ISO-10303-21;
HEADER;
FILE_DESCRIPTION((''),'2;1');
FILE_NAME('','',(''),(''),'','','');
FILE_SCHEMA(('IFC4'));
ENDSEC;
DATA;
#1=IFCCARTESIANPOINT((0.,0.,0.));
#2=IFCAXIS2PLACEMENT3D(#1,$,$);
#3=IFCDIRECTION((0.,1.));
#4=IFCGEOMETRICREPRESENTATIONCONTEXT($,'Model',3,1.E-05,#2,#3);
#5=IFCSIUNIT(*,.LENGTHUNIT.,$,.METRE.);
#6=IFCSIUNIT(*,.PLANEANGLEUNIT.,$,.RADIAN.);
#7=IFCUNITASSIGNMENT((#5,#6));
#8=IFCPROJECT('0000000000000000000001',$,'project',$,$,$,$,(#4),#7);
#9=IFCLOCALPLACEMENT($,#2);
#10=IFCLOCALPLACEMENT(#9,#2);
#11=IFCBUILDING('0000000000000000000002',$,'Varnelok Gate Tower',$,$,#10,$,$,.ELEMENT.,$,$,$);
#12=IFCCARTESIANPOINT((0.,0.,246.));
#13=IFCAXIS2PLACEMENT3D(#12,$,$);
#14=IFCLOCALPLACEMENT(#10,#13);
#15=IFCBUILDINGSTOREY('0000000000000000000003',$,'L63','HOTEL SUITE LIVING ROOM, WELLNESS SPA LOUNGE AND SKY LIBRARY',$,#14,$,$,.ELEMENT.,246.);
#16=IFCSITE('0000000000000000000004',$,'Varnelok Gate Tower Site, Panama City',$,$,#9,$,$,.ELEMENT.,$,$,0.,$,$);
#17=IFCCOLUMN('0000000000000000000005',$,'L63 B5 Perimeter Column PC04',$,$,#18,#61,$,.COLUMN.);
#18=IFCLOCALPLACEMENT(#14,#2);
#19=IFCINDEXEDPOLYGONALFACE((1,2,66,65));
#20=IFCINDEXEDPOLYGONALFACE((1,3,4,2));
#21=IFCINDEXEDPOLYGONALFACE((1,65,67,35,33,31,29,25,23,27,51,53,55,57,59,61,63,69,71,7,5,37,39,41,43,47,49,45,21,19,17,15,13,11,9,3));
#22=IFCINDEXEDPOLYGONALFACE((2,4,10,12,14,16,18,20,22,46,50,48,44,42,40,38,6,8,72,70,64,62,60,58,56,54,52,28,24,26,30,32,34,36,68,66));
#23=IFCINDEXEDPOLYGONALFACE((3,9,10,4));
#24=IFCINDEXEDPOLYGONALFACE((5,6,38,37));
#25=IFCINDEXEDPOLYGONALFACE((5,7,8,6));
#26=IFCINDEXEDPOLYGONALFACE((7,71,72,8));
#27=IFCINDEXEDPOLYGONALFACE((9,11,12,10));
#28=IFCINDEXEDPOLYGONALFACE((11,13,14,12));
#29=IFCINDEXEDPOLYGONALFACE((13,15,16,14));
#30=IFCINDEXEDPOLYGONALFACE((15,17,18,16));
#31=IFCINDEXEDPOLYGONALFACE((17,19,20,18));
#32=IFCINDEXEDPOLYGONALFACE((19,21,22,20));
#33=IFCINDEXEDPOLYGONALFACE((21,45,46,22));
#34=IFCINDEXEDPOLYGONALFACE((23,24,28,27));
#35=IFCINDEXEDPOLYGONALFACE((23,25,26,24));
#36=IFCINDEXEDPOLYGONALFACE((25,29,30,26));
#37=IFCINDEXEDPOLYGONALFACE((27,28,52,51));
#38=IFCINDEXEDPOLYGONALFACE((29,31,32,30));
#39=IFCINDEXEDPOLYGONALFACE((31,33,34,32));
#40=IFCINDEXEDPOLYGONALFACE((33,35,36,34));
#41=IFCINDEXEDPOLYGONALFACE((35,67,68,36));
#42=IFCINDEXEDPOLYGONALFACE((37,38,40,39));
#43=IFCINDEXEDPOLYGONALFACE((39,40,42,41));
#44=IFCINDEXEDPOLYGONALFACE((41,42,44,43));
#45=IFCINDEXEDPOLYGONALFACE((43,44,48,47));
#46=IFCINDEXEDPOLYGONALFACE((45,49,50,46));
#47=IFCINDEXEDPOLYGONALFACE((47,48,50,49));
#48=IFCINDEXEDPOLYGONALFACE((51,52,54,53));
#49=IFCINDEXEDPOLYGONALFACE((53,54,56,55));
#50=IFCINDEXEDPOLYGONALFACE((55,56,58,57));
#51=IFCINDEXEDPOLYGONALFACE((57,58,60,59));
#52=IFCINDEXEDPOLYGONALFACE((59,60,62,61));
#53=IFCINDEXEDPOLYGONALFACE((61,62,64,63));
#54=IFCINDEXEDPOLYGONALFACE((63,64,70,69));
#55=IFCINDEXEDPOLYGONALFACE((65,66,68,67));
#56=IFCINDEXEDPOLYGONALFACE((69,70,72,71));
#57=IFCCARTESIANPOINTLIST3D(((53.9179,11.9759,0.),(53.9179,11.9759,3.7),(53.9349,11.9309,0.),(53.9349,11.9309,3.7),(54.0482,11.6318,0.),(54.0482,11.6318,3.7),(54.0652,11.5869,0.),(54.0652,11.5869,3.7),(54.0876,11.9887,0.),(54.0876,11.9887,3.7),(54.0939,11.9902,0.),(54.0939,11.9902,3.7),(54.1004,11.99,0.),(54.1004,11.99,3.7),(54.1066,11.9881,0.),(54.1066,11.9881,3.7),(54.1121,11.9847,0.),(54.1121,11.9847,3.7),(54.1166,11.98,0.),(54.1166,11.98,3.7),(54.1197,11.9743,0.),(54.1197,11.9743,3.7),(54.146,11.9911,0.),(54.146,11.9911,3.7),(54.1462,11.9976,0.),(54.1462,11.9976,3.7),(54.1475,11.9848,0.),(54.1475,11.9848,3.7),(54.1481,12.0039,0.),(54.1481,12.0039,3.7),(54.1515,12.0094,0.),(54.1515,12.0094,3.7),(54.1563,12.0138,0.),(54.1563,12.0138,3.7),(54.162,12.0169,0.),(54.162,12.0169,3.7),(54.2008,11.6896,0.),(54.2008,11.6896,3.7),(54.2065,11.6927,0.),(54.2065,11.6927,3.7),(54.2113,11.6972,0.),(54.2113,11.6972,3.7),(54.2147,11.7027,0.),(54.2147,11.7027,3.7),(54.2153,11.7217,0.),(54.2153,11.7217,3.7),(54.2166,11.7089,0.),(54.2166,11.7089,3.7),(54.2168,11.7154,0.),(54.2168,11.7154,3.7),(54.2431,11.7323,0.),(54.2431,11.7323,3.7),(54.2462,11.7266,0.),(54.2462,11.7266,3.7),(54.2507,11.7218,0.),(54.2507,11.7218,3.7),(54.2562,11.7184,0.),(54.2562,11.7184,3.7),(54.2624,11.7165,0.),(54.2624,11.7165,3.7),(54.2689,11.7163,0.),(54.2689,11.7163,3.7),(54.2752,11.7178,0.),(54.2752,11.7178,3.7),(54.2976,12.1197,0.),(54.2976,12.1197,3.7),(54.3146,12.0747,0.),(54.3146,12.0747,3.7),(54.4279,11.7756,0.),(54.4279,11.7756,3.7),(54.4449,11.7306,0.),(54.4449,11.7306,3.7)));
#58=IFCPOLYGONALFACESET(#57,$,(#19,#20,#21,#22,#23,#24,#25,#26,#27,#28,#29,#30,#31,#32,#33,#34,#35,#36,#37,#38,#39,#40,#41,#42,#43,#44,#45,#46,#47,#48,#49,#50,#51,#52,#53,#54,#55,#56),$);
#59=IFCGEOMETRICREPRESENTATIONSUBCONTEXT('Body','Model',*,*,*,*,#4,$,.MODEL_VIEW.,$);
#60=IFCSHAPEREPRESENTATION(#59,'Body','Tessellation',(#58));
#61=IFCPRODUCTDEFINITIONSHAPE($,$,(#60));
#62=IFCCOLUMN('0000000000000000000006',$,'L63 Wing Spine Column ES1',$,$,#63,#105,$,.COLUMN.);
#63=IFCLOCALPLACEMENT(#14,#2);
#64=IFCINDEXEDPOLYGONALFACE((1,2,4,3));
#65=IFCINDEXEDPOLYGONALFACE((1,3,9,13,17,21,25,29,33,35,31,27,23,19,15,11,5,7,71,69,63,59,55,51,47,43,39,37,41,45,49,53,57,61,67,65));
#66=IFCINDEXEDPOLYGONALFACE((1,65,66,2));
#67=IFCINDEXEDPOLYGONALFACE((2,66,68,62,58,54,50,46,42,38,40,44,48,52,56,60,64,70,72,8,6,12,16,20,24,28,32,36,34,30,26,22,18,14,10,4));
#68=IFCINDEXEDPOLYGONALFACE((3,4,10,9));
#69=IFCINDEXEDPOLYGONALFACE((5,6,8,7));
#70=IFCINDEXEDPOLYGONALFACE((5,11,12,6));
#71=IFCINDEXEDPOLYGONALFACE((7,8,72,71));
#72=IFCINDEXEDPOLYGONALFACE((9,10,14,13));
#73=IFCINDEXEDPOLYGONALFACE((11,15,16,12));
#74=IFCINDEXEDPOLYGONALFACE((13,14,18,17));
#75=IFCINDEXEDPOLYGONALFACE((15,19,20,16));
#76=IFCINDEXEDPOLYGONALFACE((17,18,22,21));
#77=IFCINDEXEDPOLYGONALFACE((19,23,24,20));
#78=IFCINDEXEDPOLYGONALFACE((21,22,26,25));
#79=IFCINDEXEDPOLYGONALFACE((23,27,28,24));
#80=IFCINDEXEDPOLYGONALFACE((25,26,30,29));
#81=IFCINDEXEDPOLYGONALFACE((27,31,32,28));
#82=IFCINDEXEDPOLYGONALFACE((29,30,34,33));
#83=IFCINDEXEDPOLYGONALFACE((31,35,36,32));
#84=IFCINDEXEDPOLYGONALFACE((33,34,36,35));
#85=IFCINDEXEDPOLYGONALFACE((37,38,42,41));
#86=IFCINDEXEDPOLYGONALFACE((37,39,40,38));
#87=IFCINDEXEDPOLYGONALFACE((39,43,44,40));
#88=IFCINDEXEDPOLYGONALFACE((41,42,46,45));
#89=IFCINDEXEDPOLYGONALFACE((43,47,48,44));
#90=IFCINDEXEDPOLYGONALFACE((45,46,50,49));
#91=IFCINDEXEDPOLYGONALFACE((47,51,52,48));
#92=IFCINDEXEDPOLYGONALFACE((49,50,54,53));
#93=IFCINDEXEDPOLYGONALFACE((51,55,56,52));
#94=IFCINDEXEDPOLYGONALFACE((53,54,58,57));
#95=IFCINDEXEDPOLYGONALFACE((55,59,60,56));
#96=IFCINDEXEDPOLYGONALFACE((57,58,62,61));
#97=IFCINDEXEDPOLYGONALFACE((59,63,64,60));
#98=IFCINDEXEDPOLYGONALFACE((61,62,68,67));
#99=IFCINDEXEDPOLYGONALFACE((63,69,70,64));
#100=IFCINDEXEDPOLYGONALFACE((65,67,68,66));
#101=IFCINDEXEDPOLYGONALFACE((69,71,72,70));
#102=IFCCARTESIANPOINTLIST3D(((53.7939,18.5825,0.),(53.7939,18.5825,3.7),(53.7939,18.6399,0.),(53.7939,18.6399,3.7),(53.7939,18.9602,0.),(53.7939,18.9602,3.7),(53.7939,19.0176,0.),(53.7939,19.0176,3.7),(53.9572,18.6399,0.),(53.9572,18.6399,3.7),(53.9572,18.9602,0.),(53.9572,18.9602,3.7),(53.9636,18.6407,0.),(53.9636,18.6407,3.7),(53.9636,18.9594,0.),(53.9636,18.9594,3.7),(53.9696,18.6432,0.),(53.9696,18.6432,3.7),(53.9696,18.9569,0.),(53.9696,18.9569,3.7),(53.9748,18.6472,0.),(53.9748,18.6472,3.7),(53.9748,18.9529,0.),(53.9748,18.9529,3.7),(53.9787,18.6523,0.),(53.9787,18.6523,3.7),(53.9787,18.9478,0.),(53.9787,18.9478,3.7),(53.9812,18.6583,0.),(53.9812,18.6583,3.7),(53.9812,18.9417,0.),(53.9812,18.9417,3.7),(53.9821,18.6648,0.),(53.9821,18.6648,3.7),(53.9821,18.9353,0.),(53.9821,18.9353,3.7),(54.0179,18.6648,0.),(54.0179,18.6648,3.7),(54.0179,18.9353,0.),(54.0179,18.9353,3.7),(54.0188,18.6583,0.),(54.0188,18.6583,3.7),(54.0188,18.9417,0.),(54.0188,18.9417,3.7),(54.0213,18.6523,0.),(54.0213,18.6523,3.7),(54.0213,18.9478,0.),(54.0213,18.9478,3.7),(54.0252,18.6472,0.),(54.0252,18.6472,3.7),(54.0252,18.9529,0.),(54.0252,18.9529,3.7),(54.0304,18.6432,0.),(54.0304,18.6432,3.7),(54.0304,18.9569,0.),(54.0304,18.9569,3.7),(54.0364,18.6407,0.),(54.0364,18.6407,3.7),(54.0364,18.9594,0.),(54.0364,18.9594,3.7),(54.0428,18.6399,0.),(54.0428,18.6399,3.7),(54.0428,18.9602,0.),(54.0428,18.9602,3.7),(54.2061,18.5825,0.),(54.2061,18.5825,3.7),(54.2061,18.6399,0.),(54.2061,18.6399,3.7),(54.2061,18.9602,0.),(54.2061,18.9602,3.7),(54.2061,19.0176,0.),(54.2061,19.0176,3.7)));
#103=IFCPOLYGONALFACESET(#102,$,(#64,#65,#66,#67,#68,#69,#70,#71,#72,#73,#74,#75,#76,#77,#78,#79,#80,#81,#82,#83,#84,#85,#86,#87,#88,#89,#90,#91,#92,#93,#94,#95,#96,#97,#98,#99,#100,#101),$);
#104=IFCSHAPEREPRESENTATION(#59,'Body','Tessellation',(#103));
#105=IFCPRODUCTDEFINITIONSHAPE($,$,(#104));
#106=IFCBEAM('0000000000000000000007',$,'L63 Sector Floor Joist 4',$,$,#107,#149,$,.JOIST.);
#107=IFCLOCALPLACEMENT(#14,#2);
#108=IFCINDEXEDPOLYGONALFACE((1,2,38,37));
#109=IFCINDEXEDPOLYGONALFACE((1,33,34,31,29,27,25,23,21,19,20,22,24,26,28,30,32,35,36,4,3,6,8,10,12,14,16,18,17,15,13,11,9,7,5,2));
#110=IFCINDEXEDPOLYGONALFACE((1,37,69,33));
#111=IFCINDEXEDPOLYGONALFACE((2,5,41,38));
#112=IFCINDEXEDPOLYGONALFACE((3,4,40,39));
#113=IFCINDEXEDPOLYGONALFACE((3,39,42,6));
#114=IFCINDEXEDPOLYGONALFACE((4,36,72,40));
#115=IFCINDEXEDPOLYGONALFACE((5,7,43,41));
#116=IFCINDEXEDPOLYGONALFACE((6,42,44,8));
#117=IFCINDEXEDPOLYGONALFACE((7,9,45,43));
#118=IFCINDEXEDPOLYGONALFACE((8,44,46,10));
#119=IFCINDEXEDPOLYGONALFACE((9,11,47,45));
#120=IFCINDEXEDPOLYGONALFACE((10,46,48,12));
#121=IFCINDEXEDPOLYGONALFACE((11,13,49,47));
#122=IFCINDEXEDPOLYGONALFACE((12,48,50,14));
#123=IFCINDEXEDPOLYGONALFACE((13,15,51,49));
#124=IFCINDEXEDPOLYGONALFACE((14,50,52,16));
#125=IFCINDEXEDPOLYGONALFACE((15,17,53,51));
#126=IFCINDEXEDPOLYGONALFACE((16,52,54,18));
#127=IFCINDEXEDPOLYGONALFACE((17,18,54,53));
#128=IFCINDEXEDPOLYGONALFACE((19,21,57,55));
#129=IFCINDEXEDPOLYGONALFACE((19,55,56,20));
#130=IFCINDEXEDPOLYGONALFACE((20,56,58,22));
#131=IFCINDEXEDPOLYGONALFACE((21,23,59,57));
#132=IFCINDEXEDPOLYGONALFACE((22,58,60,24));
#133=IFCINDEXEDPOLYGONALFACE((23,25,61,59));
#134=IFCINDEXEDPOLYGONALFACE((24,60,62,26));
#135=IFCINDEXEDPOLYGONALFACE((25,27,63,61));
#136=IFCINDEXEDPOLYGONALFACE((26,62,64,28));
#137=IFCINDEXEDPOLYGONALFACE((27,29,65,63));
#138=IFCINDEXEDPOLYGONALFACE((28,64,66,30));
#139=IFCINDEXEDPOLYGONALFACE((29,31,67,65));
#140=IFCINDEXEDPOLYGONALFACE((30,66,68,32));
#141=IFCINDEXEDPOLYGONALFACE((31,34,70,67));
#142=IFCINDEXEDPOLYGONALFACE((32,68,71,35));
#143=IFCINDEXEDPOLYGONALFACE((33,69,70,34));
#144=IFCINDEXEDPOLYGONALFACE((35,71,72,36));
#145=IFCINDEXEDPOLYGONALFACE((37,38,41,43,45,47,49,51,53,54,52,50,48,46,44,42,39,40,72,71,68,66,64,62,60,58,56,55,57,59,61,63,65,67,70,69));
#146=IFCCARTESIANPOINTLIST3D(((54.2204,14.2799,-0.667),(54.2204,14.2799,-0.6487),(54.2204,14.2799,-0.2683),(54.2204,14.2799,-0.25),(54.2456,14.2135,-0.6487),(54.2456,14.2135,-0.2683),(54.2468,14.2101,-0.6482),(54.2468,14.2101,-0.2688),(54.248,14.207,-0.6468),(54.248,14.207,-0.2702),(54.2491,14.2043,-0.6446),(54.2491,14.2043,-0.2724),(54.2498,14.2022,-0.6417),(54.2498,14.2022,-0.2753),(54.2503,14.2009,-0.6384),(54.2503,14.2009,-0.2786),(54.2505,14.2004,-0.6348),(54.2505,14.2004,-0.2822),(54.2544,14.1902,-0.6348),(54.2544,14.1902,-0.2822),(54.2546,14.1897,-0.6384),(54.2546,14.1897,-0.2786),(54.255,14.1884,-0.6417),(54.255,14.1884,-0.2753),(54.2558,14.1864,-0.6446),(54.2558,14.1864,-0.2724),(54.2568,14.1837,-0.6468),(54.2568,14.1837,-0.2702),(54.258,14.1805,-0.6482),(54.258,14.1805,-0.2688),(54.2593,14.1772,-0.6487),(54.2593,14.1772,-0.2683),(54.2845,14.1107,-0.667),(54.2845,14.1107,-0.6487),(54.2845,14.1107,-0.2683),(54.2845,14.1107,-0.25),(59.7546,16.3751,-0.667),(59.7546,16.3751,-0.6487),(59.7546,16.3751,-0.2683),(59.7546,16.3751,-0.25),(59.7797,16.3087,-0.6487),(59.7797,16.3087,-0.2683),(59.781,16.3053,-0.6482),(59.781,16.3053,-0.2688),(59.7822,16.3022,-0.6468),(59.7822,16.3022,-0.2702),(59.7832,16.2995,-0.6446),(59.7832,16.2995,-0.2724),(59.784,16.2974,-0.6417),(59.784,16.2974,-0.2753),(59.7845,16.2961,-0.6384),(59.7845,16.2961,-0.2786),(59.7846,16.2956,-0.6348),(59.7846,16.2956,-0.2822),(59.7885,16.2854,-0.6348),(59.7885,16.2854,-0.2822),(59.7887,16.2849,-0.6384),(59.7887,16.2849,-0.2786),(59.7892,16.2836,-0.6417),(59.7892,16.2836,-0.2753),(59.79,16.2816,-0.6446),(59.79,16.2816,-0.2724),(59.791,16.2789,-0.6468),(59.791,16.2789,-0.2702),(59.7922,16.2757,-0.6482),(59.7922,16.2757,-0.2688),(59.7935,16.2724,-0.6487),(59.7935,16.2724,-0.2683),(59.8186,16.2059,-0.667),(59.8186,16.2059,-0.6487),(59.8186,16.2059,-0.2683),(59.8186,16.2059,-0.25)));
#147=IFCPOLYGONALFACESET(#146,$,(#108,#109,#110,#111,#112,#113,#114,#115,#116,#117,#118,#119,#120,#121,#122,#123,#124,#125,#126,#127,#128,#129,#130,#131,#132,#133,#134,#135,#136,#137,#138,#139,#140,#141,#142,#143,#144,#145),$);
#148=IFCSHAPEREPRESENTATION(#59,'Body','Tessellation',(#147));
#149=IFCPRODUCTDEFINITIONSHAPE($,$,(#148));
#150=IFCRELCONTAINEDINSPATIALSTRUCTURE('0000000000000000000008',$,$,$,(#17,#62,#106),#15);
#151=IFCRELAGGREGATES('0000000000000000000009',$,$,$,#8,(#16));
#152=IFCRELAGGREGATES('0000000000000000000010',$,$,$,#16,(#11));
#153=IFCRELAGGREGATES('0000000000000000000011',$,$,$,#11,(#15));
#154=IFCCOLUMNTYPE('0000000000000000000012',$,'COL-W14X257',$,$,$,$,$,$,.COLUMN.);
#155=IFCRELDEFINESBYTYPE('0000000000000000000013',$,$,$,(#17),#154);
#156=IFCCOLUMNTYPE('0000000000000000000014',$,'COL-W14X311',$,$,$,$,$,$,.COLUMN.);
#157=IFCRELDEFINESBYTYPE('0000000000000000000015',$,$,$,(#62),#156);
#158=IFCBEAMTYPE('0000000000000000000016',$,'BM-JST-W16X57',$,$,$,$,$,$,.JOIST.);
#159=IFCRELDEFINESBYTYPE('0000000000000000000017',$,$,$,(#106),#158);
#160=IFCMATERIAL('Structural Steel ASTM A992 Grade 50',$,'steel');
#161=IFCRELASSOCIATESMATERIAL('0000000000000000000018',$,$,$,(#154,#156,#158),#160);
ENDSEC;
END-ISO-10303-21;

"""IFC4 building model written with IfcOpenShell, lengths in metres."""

from ifc_helpers import new_model, si_unit, direction, frame, origin, origin_2d, place, context, subcontext, project, spatial, i_section, extrude, material, material_profile, profile_set, type_object, element, save


model = new_model("IFC4")

# Units and contexts
model_context = context("Model", 3, precision=1e-05, world=origin(), true_north=direction((0.0, 1.0)))
body_context = subcontext(model_context, "Body", "Model", "MODEL_VIEW")
ifc_project = project(units=[si_unit("LENGTHUNIT", "METRE"), si_unit("PLANEANGLEUNIT", "RADIAN")], contexts=[model_context])

# Site, building, storey
site_placement = place(None, origin())
site = spatial("IfcSite", under=ifc_project, at=site_placement, Name="Varnelok Gate Tower Site, Panama City", CompositionType="ELEMENT", RefElevation=0.0)
building_placement = place(site_placement, origin())
building = spatial("IfcBuilding", under=site, at=building_placement, Name="Varnelok Gate Tower", CompositionType="ELEMENT")
storey_placement = place(building_placement, frame((0.0, 0.0, 246.0)))
storey = spatial("IfcBuildingStorey", under=building, at=storey_placement, Name="L63", Description="HOTEL SUITE LIVING ROOM, WELLNESS SPA LOUNGE AND SKY LIBRARY", CompositionType="ELEMENT", Elevation=246.0)

# Columns
ifc_material_1 = material(Name="Structural Steel ASTM A992 Grade 50", Category="steel")
ifc_material_profile_1 = material_profile(ifc_material_1, i_section(OverallWidth=0.406, OverallDepth=0.416, WebThickness=0.0298, FlangeThickness=0.0481, FilletRadius=0.0249, at=origin_2d()), Name="W14X257")
ifc_profile_set_1 = profile_set([ifc_material_profile_1], Name="Structural Steel ASTM A992 Grade 50")
column_type_1 = type_object("IfcColumnType", Name="COL-W14X257", PredefinedType="COLUMN", material=ifc_profile_set_1)
column_1_placement = place(storey_placement, frame((54.1814, 11.8533, 0.0), z_axis=(0.0, 0.0, 1.0), x_axis=(0.935222, 0.354063, 0.0)))
element("IfcColumn", 1, at=column_1_placement, inside=storey, type_object=column_type_1, Name="L63 B5 Perimeter Column PC04", PredefinedType="COLUMN", context=body_context, shape_type="SweptSolid", body=[
    extrude(i_section(OverallWidth=0.406, OverallDepth=0.416, WebThickness=0.0298, FlangeThickness=0.0481, FilletRadius=0.0249, at=origin_2d()), origin(), (0.0, 0.0, 1.0), 3.7),
])
ifc_material_profile_2 = material_profile(ifc_material_1, i_section(OverallWidth=0.4121, OverallDepth=0.4351, WebThickness=0.0359, FlangeThickness=0.0574, FilletRadius=0.0249, at=origin_2d()), Name="W14X311")
ifc_profile_set_2 = profile_set([ifc_material_profile_2], Name="Structural Steel ASTM A992 Grade 50")
column_type_2 = type_object("IfcColumnType", Name="COL-W14X311", PredefinedType="COLUMN", material=ifc_profile_set_2)
column_2_placement = place(storey_placement, frame((54.0, 18.8, 0.0), z_axis=(0.0, 0.0, 1.0), x_axis=(1.0, 0.0, 0.0)))
element("IfcColumn", 2, at=column_2_placement, inside=storey, type_object=column_type_2, Name="L63 Wing Spine Column ES1", PredefinedType="COLUMN", context=body_context, shape_type="SweptSolid", body=[
    extrude(i_section(OverallWidth=0.4121, OverallDepth=0.4351, WebThickness=0.0359, FlangeThickness=0.0574, FilletRadius=0.0249, at=origin_2d()), origin(), (0.0, 0.0, 1.0), 3.7),
])

# Beam
ifc_material_profile_3 = material_profile(ifc_material_1, i_section(OverallWidth=0.1809, OverallDepth=0.417, WebThickness=0.011, FlangeThickness=0.0183, FilletRadius=0.0139, at=origin_2d()), Name="W16X57")
ifc_profile_set_3 = profile_set([ifc_material_profile_3], Name="Structural Steel ASTM A992 Grade 50")
beam_type_1 = type_object("IfcBeamType", Name="BM-JST-W16X57", PredefinedType="JOIST", material=ifc_profile_set_3)
beam_1_placement = place(storey_placement, frame((54.2524, 14.1953, -0.4585), z_axis=(0.935219, 0.35407, 0.0), x_axis=(-0.35407, 0.935219, 0.0)))
element("IfcBeam", 3, at=beam_1_placement, inside=storey, type_object=beam_type_1, Name="L63 Sector Floor Joist 4", PredefinedType="JOIST", context=body_context, shape_type="SweptSolid", body=[
    extrude(i_section(OverallWidth=0.1809, OverallDepth=0.417, WebThickness=0.011, FlangeThickness=0.0183, FilletRadius=0.0139, at=origin_2d()), origin(), (0.0, 0.0, 1.0), 5.9175),
])

save(model, "model.ifc")
